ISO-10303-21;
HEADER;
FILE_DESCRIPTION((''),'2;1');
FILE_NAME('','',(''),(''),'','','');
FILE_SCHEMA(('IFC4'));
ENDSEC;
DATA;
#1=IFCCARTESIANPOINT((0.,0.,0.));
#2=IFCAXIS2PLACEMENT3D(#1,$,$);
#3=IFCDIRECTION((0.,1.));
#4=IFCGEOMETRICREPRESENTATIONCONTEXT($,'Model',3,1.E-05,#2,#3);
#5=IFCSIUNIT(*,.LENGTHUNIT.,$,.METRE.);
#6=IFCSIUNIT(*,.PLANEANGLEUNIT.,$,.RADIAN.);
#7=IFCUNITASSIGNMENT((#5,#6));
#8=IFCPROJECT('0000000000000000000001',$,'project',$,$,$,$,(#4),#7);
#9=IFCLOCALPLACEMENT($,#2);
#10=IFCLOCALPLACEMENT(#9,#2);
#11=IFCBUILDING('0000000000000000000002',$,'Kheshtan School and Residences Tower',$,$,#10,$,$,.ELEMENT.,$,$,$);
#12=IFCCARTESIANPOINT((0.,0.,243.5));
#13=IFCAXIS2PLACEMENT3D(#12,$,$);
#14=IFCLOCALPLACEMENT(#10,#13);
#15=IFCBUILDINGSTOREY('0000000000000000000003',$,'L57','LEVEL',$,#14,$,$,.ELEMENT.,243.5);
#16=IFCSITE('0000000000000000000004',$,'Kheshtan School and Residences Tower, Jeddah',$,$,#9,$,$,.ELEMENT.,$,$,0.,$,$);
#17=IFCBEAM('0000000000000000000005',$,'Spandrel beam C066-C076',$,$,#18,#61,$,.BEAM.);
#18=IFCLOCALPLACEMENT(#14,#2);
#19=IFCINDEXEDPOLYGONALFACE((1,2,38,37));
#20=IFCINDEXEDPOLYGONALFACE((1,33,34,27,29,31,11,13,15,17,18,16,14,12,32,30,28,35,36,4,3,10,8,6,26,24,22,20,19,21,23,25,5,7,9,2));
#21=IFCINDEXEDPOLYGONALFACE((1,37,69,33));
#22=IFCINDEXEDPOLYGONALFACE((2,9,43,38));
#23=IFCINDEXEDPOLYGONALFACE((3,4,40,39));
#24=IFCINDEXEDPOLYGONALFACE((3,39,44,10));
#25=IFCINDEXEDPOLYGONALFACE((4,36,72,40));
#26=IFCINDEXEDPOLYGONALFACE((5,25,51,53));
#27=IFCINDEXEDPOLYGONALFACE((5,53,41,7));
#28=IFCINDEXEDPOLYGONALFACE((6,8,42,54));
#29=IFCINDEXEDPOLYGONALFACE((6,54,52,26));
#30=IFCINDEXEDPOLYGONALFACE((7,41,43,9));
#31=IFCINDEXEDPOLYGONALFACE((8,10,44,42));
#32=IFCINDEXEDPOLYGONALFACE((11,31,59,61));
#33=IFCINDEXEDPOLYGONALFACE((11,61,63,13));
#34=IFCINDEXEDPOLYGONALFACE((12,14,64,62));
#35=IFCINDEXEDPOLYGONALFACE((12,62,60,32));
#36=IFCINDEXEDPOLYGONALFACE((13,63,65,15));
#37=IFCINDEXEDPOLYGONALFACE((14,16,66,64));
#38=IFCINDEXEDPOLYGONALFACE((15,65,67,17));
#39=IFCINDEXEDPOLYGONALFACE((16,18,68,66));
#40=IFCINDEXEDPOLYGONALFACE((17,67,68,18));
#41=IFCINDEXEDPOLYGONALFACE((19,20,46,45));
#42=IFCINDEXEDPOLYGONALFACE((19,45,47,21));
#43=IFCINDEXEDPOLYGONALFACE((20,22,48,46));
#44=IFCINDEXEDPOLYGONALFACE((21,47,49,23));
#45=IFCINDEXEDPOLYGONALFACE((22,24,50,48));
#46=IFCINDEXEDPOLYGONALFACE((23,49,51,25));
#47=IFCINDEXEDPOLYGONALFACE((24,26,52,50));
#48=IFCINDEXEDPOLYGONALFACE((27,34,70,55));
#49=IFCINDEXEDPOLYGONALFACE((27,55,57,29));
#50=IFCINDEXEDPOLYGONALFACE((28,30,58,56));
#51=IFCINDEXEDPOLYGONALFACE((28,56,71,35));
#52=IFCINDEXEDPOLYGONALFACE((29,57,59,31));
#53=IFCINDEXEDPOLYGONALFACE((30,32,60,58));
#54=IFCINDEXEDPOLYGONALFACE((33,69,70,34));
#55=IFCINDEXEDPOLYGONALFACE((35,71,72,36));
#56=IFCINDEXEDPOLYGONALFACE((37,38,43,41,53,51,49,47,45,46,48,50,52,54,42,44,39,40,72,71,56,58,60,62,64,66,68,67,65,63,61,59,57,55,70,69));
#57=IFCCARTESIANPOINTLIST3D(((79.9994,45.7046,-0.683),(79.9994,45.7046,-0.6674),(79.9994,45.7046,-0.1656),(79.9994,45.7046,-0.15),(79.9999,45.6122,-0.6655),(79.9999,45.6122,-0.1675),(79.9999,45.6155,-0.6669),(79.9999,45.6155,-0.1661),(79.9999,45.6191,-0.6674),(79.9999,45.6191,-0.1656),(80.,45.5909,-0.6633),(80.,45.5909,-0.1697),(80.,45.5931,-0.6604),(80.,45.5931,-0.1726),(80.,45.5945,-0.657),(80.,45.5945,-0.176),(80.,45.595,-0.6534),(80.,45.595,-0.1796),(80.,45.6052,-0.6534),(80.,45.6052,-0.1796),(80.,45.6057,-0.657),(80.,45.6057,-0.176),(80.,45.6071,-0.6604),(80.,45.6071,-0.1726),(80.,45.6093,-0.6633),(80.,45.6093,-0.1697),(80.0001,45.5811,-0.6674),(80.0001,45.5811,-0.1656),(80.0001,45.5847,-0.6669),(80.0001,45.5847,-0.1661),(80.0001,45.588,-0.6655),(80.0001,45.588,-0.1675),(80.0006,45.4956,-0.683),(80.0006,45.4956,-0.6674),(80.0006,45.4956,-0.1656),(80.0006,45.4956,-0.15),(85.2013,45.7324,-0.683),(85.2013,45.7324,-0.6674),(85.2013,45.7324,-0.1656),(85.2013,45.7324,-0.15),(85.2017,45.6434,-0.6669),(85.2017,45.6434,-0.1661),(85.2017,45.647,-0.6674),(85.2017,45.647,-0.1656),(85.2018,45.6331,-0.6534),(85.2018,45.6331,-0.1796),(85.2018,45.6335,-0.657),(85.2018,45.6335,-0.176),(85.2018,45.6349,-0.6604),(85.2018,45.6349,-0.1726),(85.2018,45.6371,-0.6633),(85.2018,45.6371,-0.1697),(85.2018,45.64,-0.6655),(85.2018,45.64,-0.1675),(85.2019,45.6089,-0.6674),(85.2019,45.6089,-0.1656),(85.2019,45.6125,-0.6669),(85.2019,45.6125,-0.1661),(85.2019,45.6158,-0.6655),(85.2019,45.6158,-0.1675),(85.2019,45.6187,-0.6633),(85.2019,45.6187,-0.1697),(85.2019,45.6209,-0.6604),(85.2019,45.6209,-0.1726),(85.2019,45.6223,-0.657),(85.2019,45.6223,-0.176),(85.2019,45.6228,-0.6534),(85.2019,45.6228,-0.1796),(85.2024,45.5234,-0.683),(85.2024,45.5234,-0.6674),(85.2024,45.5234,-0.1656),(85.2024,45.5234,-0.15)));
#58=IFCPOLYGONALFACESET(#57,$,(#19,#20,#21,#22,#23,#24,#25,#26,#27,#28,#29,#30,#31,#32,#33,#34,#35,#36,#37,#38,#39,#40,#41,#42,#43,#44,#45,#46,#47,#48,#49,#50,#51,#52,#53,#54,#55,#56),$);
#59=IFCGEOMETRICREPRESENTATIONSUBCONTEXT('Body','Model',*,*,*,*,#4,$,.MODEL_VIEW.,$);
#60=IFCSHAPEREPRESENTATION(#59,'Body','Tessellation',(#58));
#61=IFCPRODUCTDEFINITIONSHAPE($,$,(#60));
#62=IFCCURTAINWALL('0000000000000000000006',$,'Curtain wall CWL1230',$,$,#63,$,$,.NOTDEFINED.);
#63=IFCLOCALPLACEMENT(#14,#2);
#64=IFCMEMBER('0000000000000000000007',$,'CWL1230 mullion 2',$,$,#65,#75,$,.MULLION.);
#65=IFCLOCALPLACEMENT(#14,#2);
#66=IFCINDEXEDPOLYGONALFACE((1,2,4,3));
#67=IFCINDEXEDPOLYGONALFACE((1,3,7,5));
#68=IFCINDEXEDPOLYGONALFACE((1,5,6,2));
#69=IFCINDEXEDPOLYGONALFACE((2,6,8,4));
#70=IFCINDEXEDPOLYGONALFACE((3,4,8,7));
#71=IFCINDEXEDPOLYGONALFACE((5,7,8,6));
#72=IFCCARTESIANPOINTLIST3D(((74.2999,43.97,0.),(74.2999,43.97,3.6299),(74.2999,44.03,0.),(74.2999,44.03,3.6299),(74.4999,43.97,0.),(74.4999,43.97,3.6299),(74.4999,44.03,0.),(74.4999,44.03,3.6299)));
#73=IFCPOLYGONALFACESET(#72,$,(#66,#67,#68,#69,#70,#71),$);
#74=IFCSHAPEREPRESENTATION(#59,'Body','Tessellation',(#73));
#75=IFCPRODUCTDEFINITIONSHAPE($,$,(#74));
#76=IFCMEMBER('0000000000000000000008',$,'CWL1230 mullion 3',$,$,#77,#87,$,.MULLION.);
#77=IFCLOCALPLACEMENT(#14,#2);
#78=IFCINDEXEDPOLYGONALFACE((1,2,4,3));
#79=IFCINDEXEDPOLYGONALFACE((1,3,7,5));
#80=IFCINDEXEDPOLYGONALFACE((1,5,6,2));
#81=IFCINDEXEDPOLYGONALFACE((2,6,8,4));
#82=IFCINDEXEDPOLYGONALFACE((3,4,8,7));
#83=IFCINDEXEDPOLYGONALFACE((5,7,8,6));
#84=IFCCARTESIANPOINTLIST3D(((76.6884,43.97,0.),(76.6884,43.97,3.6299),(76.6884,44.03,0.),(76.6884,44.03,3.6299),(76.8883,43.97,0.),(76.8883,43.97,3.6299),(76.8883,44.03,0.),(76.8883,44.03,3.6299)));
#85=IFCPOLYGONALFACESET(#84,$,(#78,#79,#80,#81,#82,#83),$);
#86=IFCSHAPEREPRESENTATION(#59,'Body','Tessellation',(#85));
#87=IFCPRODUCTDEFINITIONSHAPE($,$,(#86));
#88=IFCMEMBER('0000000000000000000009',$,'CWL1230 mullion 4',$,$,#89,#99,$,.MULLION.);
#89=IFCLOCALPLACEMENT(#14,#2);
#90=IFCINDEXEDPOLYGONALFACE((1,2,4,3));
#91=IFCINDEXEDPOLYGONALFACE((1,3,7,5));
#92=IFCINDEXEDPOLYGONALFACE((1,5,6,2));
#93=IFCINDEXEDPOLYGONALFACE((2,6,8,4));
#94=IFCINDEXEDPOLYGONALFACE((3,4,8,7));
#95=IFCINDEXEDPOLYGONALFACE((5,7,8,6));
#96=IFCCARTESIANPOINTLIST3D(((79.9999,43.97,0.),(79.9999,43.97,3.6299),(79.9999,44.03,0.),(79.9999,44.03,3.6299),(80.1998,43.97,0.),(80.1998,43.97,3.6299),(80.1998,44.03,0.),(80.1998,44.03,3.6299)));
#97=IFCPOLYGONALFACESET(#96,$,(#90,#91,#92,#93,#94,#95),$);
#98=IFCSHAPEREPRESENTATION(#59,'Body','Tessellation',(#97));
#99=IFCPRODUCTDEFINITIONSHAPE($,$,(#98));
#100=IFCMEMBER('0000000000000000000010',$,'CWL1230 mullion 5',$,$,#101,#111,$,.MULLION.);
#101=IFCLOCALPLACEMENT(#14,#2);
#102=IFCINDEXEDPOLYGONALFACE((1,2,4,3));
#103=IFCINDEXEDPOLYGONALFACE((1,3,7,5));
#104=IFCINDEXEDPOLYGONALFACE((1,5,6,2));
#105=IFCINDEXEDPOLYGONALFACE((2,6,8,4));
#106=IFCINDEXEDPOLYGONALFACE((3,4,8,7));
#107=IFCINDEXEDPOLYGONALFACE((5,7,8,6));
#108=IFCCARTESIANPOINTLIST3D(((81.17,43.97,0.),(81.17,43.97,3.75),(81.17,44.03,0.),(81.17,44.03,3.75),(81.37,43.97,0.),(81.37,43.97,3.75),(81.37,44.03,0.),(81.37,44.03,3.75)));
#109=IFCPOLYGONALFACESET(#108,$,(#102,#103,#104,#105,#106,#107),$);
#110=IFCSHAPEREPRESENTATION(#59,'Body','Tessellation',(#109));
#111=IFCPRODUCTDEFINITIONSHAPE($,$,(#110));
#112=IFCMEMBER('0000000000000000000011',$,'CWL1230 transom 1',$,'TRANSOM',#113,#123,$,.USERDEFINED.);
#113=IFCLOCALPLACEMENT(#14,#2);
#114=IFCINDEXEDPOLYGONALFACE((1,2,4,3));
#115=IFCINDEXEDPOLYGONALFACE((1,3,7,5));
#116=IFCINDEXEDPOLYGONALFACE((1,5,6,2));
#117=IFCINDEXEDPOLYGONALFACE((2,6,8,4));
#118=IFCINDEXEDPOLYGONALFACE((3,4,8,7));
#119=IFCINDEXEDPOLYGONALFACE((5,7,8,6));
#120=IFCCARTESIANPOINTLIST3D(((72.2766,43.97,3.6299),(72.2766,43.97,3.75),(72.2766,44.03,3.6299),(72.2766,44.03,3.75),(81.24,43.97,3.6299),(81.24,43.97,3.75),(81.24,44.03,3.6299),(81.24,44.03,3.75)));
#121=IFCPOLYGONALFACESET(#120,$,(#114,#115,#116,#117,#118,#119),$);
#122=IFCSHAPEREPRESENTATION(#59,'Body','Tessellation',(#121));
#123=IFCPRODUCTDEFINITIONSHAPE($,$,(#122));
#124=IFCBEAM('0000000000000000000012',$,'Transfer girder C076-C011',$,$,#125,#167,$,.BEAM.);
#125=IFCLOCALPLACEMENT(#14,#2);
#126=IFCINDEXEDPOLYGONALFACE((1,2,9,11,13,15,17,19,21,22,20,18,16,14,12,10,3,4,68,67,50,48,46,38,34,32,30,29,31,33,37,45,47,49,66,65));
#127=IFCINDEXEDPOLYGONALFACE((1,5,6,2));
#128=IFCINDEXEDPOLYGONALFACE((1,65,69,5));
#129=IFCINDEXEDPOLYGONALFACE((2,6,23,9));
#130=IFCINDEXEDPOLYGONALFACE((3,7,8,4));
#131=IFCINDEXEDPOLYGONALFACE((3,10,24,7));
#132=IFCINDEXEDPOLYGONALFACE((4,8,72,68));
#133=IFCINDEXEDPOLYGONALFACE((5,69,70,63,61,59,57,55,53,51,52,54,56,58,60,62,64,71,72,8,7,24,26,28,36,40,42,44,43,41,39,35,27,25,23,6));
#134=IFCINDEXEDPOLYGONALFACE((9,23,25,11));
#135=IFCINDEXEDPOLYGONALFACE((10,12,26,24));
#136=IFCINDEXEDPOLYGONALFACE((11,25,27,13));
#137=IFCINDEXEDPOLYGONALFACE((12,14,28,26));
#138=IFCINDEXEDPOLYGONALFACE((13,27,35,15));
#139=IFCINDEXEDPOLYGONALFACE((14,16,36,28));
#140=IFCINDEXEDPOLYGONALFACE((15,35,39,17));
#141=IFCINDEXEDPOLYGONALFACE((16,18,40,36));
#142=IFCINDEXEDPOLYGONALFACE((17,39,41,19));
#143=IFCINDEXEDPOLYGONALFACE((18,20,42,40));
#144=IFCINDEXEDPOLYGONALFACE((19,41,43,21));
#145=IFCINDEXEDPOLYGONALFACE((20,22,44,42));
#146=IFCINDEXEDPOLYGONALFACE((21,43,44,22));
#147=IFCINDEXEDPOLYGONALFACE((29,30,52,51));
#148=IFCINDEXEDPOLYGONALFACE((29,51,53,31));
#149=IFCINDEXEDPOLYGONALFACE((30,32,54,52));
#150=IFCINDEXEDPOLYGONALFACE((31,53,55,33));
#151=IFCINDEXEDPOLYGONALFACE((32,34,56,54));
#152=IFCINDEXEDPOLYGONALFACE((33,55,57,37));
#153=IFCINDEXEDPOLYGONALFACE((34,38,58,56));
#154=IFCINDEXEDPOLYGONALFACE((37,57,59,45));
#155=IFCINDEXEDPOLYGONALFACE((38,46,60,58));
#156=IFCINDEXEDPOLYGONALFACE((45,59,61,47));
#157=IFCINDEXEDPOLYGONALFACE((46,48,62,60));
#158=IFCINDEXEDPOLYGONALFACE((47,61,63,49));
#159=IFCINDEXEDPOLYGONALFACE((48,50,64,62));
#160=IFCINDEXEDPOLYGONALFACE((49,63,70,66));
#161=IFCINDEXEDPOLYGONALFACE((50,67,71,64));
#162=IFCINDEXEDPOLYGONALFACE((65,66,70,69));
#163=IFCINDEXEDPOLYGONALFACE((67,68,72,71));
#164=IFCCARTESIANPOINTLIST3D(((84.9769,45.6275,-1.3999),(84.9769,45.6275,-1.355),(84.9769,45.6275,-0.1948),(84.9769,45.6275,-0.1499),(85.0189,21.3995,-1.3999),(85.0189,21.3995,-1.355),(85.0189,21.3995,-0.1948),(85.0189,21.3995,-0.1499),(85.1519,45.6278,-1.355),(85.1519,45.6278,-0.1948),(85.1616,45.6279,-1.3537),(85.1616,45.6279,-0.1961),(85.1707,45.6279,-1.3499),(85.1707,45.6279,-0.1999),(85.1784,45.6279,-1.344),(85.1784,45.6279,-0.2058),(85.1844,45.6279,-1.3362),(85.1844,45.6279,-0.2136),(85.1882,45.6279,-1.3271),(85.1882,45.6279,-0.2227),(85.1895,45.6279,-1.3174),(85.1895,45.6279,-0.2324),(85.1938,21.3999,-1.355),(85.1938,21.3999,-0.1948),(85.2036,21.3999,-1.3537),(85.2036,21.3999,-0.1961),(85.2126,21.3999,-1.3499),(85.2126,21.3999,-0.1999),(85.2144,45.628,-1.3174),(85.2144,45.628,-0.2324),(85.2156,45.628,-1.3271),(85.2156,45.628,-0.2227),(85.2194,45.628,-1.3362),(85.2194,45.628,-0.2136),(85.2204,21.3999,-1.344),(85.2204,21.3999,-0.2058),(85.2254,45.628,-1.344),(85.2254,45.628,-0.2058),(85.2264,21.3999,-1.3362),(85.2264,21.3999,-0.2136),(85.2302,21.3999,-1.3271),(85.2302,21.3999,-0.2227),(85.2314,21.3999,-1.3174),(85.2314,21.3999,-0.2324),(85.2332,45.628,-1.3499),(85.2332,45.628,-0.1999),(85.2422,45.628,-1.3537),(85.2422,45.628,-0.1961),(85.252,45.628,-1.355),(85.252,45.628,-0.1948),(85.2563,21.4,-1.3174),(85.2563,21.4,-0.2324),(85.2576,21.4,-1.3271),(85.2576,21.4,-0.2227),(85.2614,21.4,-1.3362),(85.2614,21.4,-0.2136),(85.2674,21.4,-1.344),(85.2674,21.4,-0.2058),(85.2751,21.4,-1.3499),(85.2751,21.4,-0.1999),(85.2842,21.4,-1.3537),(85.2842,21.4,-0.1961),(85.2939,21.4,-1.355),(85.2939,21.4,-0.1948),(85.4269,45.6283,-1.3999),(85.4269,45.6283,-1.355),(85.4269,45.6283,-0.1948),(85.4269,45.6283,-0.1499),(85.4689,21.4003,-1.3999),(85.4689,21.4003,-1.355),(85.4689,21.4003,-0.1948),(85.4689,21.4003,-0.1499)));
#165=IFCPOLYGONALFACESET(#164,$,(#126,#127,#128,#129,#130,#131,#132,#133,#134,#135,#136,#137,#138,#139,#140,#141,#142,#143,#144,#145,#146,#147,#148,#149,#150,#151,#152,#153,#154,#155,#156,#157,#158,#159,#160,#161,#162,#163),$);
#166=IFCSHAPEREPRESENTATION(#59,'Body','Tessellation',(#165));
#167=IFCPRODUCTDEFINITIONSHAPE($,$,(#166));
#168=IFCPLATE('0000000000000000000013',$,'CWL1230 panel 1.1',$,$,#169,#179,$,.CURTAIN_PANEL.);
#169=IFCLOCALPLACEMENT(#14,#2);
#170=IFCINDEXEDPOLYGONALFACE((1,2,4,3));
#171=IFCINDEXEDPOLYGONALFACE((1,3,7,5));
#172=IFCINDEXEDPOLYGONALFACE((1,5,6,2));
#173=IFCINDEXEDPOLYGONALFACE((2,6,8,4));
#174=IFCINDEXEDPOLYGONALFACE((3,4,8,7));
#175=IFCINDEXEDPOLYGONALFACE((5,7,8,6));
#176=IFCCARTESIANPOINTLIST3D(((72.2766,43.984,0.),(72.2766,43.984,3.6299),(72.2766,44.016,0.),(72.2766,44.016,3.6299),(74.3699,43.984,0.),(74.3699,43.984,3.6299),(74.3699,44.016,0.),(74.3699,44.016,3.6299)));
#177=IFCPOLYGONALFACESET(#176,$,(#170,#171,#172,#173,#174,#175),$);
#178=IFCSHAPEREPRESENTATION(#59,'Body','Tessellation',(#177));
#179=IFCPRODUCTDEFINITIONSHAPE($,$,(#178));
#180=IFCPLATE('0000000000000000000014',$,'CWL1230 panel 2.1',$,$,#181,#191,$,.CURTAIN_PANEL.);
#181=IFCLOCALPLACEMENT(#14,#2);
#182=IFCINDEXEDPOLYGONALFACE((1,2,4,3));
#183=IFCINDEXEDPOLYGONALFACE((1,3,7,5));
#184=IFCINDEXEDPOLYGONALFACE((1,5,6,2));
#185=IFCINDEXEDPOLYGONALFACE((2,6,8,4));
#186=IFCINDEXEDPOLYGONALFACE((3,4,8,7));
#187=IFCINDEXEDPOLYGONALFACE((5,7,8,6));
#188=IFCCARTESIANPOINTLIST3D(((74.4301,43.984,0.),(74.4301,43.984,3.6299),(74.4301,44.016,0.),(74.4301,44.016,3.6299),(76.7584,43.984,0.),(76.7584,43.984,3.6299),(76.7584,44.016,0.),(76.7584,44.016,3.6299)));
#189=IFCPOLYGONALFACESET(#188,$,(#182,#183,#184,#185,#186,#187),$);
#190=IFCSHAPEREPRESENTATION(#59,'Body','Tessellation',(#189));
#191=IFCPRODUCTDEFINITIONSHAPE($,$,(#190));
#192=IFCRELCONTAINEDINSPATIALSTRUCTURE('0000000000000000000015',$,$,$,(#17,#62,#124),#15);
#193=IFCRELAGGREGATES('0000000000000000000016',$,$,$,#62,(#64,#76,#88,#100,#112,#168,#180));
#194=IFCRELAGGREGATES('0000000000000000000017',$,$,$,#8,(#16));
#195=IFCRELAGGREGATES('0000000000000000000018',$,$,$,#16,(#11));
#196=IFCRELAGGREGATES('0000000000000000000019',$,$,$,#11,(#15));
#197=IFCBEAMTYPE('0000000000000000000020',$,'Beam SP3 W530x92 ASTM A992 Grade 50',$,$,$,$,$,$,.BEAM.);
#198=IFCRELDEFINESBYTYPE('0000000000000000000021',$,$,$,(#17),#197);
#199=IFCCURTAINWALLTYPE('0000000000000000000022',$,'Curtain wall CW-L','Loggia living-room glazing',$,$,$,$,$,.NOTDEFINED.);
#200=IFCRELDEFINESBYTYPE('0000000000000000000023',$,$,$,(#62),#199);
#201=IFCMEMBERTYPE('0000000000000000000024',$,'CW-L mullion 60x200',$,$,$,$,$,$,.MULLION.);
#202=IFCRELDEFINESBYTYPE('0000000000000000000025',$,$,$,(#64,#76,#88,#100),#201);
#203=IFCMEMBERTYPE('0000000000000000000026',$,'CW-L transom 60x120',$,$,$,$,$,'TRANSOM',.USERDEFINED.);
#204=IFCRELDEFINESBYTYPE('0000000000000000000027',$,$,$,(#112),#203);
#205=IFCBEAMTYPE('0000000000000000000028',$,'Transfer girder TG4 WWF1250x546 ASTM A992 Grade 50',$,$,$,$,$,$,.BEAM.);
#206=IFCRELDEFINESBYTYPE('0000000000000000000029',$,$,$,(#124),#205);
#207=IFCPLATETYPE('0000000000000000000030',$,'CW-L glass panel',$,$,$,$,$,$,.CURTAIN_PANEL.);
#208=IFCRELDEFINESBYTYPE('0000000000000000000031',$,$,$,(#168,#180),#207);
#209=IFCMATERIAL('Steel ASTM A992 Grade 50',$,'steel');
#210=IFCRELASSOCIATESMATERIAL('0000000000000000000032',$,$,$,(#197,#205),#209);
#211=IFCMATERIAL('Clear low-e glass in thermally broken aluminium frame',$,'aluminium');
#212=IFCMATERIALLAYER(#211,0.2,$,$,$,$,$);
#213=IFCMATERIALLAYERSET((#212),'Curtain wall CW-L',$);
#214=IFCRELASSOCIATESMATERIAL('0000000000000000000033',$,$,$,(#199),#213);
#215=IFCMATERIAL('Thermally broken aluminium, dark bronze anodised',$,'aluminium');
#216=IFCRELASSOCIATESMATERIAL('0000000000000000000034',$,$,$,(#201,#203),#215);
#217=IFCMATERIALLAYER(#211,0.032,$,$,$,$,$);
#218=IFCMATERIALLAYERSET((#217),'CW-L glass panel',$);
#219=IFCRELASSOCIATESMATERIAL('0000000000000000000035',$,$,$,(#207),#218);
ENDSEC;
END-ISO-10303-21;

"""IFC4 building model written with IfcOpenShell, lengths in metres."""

from ifc_helpers import new_model, si_unit, direction, frame, origin, origin_2d, place, context, subcontext, project, spatial, rectangle, i_section, extrude, material, layer, layer_set, material_profile, profile_set, type_object, element, aggregate, save


model = new_model("IFC4")

# Units and contexts
model_context = context("Model", 3, precision=1e-05, world=origin(), true_north=direction((0.0, 1.0)))
body_context = subcontext(model_context, "Body", "Model", "MODEL_VIEW")
ifc_project = project(units=[si_unit("LENGTHUNIT", "METRE"), si_unit("PLANEANGLEUNIT", "RADIAN")], contexts=[model_context])

# Site, building, storey
site_placement = place(None, origin())
site = spatial("IfcSite", under=ifc_project, at=site_placement, Name="Kheshtan School and Residences Tower, Jeddah", CompositionType="ELEMENT", RefElevation=0.0)
building_placement = place(site_placement, origin())
building = spatial("IfcBuilding", under=site, at=building_placement, Name="Kheshtan School and Residences Tower", CompositionType="ELEMENT")
storey_placement = place(building_placement, frame((0.0, 0.0, 243.5)))
storey = spatial("IfcBuildingStorey", under=building, at=storey_placement, Name="L57", Description="LEVEL", CompositionType="ELEMENT", Elevation=243.5)

# Shared definitions
ifc_material_1 = material(Name="Steel ASTM A992 Grade 50", Category="steel")

# Beam
ifc_material_profile_1 = material_profile(ifc_material_1, i_section(OverallWidth=0.209, OverallDepth=0.533, WebThickness=0.0103, FlangeThickness=0.0156, FilletRadius=0.0139, at=origin_2d()), Name="W530x92")
ifc_profile_set_1 = profile_set([ifc_material_profile_1], Name="Steel ASTM A992 Grade 50")
beam_type_1 = type_object("IfcBeamType", Name="Beam SP3 W530x92 ASTM A992 Grade 50", PredefinedType="BEAM", material=ifc_profile_set_1)
beam_1_placement = place(storey_placement, frame((80.0, 45.6001, -0.4165), z_axis=(0.999986, 0.00535, 0.0), x_axis=(-0.00535, 0.999986, 0.0)))
element("IfcBeam", 1, at=beam_1_placement, inside=storey, type_object=beam_type_1, Name="Spandrel beam C066-C076", PredefinedType="BEAM", context=body_context, shape_type="SweptSolid", body=[
    extrude(i_section(OverallWidth=0.209, OverallDepth=0.533, WebThickness=0.0103, FlangeThickness=0.0156, FilletRadius=0.0139, at=origin_2d()), origin(), (0.0, 0.0, 1.0), 5.2019),
])

# Curtain wall, members
ifc_material_2 = material(Name="Clear low-e glass in thermally broken aluminium frame", Category="aluminium")
ifc_layer_1 = layer(ifc_material_2, 0.2)
ifc_layer_set_1 = layer_set([ifc_layer_1], Name="Curtain wall CW-L")
curtain_wall_type = type_object("IfcCurtainWallType", Name="Curtain wall CW-L", Description="Loggia living-room glazing", PredefinedType="NOTDEFINED", material=ifc_layer_set_1)
curtain_wall_placement = place(storey_placement, origin())
curtain_wall = element("IfcCurtainWall", 2, at=curtain_wall_placement, inside=storey, type_object=curtain_wall_type, Name="Curtain wall CWL1230", PredefinedType="NOTDEFINED")
ifc_material_3 = material(Name="Thermally broken aluminium, dark bronze anodised", Category="aluminium")
ifc_material_profile_2 = material_profile(ifc_material_3, rectangle(XDim=0.0601, YDim=0.2, at=origin_2d()), Name="CW-L mullion 60x200")
ifc_profile_set_2 = profile_set([ifc_material_profile_2], Name="Thermally broken aluminium, dark bronze anodised")
member_type_1 = type_object("IfcMemberType", Name="CW-L mullion 60x200", PredefinedType="MULLION", material=ifc_profile_set_2)
member_1_placement = place(storey_placement, frame((74.3999, 44.0, 0.0), z_axis=(0.0, 0.0, 1.0), x_axis=(0.0, 1.0, 0.0)))
member_1 = element("IfcMember", 3, at=member_1_placement, type_object=member_type_1, Name="CWL1230 mullion 2", PredefinedType="MULLION", context=body_context, shape_type="SweptSolid", body=[
    extrude(rectangle(XDim=0.0601, YDim=0.2, at=origin_2d()), origin(), (0.0, 0.0, 1.0), 3.6299),
])
member_2_placement = place(storey_placement, frame((76.7883, 44.0, 0.0), z_axis=(0.0, 0.0, 1.0), x_axis=(0.0, 1.0, 0.0)))
member_2 = element("IfcMember", 4, at=member_2_placement, type_object=member_type_1, Name="CWL1230 mullion 3", PredefinedType="MULLION", context=body_context, shape_type="SweptSolid", body=[
    extrude(rectangle(XDim=0.0601, YDim=0.2, at=origin_2d()), origin(), (0.0, 0.0, 1.0), 3.6299),
])
member_3_placement = place(storey_placement, frame((80.0999, 44.0, 0.0), z_axis=(0.0, 0.0, 1.0), x_axis=(0.0, 1.0, 0.0)))
member_3 = element("IfcMember", 5, at=member_3_placement, type_object=member_type_1, Name="CWL1230 mullion 4", PredefinedType="MULLION", context=body_context, shape_type="SweptSolid", body=[
    extrude(rectangle(XDim=0.0601, YDim=0.2, at=origin_2d()), origin(), (0.0, 0.0, 1.0), 3.6299),
])
member_4_placement = place(storey_placement, frame((81.27, 44.0, 0.0), z_axis=(0.0, 0.0, 1.0), x_axis=(0.0, 1.0, 0.0)))
member_4 = element("IfcMember", 6, at=member_4_placement, type_object=member_type_1, Name="CWL1230 mullion 5", PredefinedType="MULLION", context=body_context, shape_type="SweptSolid", body=[
    extrude(rectangle(XDim=0.0601, YDim=0.2, at=origin_2d()), origin(), (0.0, 0.0, 1.0), 3.75),
])
ifc_material_profile_3 = material_profile(ifc_material_3, rectangle(XDim=0.0601, YDim=0.1201, at=origin_2d()), Name="CW-L transom 60x120")
ifc_profile_set_3 = profile_set([ifc_material_profile_3], Name="Thermally broken aluminium, dark bronze anodised")
member_type_2 = type_object("IfcMemberType", Name="CW-L transom 60x120", ElementType="TRANSOM", PredefinedType="USERDEFINED", material=ifc_profile_set_3)
member_5_placement = place(storey_placement, frame((72.2766, 44.0, 3.6899), z_axis=(1.0, 0.0, 0.0), x_axis=(0.0, 1.0, 0.0)))
member_5 = element("IfcMember", 7, at=member_5_placement, type_object=member_type_2, Name="CWL1230 transom 1", ObjectType="TRANSOM", PredefinedType="USERDEFINED", context=body_context, shape_type="SweptSolid", body=[
    extrude(rectangle(XDim=0.0601, YDim=0.1201, at=origin_2d()), origin(), (0.0, 0.0, 1.0), 8.9634),
])

# Beam
ifc_material_profile_4 = material_profile(ifc_material_1, i_section(OverallWidth=0.45, OverallDepth=1.25, WebThickness=0.0249, FlangeThickness=0.0449, FilletRadius=0.0376, at=origin_2d()), Name="WWF1250x546")
ifc_profile_set_4 = profile_set([ifc_material_profile_4], Name="Steel ASTM A992 Grade 50")
beam_type_2 = type_object("IfcBeamType", Name="Transfer girder TG4 WWF1250x546 ASTM A992 Grade 50", PredefinedType="BEAM", material=ifc_profile_set_4)
beam_2_placement = place(storey_placement, frame((85.2019, 45.6279, -0.7749), z_axis=(0.001733, -0.999998, 0.0), x_axis=(0.999998, 0.001733, 0.0)))
element("IfcBeam", 8, at=beam_2_placement, inside=storey, type_object=beam_type_2, Name="Transfer girder C076-C011", PredefinedType="BEAM", context=body_context, shape_type="SweptSolid", body=[
    extrude(i_section(OverallWidth=0.45, OverallDepth=1.25, WebThickness=0.0249, FlangeThickness=0.0449, FilletRadius=0.0376, at=origin_2d()), origin(), (0.0, 0.0, 1.0), 24.228),
])

# Plates
ifc_layer_2 = layer(ifc_material_2, 0.032)
ifc_layer_set_2 = layer_set([ifc_layer_2], Name="CW-L glass panel")
plate_type = type_object("IfcPlateType", Name="CW-L glass panel", PredefinedType="CURTAIN_PANEL", material=ifc_layer_set_2)
plate_1_placement = place(storey_placement, frame((73.3232, 44.0, 0.0), z_axis=(0.0, 0.0, 1.0), x_axis=(1.0, 0.0, 0.0)))
plate_1 = element("IfcPlate", 9, at=plate_1_placement, type_object=plate_type, Name="CWL1230 panel 1.1", PredefinedType="CURTAIN_PANEL", context=body_context, shape_type="SweptSolid", body=[
    extrude(rectangle(XDim=2.0933, YDim=0.032, at=origin_2d()), origin(), (0.0, 0.0, 1.0), 3.6299),
])
plate_2_placement = place(storey_placement, frame((75.5942, 44.0, 0.0), z_axis=(0.0, 0.0, 1.0), x_axis=(1.0, 0.0, 0.0)))
plate_2 = element("IfcPlate", 10, at=plate_2_placement, type_object=plate_type, Name="CWL1230 panel 2.1", PredefinedType="CURTAIN_PANEL", context=body_context, shape_type="SweptSolid", body=[
    extrude(rectangle(XDim=2.3284, YDim=0.032, at=origin_2d()), origin(), (0.0, 0.0, 1.0), 3.6299),
])
aggregate(curtain_wall, [member_1, member_2, member_3, member_4, member_5, plate_1, plate_2])

save(model, "model.ifc")
